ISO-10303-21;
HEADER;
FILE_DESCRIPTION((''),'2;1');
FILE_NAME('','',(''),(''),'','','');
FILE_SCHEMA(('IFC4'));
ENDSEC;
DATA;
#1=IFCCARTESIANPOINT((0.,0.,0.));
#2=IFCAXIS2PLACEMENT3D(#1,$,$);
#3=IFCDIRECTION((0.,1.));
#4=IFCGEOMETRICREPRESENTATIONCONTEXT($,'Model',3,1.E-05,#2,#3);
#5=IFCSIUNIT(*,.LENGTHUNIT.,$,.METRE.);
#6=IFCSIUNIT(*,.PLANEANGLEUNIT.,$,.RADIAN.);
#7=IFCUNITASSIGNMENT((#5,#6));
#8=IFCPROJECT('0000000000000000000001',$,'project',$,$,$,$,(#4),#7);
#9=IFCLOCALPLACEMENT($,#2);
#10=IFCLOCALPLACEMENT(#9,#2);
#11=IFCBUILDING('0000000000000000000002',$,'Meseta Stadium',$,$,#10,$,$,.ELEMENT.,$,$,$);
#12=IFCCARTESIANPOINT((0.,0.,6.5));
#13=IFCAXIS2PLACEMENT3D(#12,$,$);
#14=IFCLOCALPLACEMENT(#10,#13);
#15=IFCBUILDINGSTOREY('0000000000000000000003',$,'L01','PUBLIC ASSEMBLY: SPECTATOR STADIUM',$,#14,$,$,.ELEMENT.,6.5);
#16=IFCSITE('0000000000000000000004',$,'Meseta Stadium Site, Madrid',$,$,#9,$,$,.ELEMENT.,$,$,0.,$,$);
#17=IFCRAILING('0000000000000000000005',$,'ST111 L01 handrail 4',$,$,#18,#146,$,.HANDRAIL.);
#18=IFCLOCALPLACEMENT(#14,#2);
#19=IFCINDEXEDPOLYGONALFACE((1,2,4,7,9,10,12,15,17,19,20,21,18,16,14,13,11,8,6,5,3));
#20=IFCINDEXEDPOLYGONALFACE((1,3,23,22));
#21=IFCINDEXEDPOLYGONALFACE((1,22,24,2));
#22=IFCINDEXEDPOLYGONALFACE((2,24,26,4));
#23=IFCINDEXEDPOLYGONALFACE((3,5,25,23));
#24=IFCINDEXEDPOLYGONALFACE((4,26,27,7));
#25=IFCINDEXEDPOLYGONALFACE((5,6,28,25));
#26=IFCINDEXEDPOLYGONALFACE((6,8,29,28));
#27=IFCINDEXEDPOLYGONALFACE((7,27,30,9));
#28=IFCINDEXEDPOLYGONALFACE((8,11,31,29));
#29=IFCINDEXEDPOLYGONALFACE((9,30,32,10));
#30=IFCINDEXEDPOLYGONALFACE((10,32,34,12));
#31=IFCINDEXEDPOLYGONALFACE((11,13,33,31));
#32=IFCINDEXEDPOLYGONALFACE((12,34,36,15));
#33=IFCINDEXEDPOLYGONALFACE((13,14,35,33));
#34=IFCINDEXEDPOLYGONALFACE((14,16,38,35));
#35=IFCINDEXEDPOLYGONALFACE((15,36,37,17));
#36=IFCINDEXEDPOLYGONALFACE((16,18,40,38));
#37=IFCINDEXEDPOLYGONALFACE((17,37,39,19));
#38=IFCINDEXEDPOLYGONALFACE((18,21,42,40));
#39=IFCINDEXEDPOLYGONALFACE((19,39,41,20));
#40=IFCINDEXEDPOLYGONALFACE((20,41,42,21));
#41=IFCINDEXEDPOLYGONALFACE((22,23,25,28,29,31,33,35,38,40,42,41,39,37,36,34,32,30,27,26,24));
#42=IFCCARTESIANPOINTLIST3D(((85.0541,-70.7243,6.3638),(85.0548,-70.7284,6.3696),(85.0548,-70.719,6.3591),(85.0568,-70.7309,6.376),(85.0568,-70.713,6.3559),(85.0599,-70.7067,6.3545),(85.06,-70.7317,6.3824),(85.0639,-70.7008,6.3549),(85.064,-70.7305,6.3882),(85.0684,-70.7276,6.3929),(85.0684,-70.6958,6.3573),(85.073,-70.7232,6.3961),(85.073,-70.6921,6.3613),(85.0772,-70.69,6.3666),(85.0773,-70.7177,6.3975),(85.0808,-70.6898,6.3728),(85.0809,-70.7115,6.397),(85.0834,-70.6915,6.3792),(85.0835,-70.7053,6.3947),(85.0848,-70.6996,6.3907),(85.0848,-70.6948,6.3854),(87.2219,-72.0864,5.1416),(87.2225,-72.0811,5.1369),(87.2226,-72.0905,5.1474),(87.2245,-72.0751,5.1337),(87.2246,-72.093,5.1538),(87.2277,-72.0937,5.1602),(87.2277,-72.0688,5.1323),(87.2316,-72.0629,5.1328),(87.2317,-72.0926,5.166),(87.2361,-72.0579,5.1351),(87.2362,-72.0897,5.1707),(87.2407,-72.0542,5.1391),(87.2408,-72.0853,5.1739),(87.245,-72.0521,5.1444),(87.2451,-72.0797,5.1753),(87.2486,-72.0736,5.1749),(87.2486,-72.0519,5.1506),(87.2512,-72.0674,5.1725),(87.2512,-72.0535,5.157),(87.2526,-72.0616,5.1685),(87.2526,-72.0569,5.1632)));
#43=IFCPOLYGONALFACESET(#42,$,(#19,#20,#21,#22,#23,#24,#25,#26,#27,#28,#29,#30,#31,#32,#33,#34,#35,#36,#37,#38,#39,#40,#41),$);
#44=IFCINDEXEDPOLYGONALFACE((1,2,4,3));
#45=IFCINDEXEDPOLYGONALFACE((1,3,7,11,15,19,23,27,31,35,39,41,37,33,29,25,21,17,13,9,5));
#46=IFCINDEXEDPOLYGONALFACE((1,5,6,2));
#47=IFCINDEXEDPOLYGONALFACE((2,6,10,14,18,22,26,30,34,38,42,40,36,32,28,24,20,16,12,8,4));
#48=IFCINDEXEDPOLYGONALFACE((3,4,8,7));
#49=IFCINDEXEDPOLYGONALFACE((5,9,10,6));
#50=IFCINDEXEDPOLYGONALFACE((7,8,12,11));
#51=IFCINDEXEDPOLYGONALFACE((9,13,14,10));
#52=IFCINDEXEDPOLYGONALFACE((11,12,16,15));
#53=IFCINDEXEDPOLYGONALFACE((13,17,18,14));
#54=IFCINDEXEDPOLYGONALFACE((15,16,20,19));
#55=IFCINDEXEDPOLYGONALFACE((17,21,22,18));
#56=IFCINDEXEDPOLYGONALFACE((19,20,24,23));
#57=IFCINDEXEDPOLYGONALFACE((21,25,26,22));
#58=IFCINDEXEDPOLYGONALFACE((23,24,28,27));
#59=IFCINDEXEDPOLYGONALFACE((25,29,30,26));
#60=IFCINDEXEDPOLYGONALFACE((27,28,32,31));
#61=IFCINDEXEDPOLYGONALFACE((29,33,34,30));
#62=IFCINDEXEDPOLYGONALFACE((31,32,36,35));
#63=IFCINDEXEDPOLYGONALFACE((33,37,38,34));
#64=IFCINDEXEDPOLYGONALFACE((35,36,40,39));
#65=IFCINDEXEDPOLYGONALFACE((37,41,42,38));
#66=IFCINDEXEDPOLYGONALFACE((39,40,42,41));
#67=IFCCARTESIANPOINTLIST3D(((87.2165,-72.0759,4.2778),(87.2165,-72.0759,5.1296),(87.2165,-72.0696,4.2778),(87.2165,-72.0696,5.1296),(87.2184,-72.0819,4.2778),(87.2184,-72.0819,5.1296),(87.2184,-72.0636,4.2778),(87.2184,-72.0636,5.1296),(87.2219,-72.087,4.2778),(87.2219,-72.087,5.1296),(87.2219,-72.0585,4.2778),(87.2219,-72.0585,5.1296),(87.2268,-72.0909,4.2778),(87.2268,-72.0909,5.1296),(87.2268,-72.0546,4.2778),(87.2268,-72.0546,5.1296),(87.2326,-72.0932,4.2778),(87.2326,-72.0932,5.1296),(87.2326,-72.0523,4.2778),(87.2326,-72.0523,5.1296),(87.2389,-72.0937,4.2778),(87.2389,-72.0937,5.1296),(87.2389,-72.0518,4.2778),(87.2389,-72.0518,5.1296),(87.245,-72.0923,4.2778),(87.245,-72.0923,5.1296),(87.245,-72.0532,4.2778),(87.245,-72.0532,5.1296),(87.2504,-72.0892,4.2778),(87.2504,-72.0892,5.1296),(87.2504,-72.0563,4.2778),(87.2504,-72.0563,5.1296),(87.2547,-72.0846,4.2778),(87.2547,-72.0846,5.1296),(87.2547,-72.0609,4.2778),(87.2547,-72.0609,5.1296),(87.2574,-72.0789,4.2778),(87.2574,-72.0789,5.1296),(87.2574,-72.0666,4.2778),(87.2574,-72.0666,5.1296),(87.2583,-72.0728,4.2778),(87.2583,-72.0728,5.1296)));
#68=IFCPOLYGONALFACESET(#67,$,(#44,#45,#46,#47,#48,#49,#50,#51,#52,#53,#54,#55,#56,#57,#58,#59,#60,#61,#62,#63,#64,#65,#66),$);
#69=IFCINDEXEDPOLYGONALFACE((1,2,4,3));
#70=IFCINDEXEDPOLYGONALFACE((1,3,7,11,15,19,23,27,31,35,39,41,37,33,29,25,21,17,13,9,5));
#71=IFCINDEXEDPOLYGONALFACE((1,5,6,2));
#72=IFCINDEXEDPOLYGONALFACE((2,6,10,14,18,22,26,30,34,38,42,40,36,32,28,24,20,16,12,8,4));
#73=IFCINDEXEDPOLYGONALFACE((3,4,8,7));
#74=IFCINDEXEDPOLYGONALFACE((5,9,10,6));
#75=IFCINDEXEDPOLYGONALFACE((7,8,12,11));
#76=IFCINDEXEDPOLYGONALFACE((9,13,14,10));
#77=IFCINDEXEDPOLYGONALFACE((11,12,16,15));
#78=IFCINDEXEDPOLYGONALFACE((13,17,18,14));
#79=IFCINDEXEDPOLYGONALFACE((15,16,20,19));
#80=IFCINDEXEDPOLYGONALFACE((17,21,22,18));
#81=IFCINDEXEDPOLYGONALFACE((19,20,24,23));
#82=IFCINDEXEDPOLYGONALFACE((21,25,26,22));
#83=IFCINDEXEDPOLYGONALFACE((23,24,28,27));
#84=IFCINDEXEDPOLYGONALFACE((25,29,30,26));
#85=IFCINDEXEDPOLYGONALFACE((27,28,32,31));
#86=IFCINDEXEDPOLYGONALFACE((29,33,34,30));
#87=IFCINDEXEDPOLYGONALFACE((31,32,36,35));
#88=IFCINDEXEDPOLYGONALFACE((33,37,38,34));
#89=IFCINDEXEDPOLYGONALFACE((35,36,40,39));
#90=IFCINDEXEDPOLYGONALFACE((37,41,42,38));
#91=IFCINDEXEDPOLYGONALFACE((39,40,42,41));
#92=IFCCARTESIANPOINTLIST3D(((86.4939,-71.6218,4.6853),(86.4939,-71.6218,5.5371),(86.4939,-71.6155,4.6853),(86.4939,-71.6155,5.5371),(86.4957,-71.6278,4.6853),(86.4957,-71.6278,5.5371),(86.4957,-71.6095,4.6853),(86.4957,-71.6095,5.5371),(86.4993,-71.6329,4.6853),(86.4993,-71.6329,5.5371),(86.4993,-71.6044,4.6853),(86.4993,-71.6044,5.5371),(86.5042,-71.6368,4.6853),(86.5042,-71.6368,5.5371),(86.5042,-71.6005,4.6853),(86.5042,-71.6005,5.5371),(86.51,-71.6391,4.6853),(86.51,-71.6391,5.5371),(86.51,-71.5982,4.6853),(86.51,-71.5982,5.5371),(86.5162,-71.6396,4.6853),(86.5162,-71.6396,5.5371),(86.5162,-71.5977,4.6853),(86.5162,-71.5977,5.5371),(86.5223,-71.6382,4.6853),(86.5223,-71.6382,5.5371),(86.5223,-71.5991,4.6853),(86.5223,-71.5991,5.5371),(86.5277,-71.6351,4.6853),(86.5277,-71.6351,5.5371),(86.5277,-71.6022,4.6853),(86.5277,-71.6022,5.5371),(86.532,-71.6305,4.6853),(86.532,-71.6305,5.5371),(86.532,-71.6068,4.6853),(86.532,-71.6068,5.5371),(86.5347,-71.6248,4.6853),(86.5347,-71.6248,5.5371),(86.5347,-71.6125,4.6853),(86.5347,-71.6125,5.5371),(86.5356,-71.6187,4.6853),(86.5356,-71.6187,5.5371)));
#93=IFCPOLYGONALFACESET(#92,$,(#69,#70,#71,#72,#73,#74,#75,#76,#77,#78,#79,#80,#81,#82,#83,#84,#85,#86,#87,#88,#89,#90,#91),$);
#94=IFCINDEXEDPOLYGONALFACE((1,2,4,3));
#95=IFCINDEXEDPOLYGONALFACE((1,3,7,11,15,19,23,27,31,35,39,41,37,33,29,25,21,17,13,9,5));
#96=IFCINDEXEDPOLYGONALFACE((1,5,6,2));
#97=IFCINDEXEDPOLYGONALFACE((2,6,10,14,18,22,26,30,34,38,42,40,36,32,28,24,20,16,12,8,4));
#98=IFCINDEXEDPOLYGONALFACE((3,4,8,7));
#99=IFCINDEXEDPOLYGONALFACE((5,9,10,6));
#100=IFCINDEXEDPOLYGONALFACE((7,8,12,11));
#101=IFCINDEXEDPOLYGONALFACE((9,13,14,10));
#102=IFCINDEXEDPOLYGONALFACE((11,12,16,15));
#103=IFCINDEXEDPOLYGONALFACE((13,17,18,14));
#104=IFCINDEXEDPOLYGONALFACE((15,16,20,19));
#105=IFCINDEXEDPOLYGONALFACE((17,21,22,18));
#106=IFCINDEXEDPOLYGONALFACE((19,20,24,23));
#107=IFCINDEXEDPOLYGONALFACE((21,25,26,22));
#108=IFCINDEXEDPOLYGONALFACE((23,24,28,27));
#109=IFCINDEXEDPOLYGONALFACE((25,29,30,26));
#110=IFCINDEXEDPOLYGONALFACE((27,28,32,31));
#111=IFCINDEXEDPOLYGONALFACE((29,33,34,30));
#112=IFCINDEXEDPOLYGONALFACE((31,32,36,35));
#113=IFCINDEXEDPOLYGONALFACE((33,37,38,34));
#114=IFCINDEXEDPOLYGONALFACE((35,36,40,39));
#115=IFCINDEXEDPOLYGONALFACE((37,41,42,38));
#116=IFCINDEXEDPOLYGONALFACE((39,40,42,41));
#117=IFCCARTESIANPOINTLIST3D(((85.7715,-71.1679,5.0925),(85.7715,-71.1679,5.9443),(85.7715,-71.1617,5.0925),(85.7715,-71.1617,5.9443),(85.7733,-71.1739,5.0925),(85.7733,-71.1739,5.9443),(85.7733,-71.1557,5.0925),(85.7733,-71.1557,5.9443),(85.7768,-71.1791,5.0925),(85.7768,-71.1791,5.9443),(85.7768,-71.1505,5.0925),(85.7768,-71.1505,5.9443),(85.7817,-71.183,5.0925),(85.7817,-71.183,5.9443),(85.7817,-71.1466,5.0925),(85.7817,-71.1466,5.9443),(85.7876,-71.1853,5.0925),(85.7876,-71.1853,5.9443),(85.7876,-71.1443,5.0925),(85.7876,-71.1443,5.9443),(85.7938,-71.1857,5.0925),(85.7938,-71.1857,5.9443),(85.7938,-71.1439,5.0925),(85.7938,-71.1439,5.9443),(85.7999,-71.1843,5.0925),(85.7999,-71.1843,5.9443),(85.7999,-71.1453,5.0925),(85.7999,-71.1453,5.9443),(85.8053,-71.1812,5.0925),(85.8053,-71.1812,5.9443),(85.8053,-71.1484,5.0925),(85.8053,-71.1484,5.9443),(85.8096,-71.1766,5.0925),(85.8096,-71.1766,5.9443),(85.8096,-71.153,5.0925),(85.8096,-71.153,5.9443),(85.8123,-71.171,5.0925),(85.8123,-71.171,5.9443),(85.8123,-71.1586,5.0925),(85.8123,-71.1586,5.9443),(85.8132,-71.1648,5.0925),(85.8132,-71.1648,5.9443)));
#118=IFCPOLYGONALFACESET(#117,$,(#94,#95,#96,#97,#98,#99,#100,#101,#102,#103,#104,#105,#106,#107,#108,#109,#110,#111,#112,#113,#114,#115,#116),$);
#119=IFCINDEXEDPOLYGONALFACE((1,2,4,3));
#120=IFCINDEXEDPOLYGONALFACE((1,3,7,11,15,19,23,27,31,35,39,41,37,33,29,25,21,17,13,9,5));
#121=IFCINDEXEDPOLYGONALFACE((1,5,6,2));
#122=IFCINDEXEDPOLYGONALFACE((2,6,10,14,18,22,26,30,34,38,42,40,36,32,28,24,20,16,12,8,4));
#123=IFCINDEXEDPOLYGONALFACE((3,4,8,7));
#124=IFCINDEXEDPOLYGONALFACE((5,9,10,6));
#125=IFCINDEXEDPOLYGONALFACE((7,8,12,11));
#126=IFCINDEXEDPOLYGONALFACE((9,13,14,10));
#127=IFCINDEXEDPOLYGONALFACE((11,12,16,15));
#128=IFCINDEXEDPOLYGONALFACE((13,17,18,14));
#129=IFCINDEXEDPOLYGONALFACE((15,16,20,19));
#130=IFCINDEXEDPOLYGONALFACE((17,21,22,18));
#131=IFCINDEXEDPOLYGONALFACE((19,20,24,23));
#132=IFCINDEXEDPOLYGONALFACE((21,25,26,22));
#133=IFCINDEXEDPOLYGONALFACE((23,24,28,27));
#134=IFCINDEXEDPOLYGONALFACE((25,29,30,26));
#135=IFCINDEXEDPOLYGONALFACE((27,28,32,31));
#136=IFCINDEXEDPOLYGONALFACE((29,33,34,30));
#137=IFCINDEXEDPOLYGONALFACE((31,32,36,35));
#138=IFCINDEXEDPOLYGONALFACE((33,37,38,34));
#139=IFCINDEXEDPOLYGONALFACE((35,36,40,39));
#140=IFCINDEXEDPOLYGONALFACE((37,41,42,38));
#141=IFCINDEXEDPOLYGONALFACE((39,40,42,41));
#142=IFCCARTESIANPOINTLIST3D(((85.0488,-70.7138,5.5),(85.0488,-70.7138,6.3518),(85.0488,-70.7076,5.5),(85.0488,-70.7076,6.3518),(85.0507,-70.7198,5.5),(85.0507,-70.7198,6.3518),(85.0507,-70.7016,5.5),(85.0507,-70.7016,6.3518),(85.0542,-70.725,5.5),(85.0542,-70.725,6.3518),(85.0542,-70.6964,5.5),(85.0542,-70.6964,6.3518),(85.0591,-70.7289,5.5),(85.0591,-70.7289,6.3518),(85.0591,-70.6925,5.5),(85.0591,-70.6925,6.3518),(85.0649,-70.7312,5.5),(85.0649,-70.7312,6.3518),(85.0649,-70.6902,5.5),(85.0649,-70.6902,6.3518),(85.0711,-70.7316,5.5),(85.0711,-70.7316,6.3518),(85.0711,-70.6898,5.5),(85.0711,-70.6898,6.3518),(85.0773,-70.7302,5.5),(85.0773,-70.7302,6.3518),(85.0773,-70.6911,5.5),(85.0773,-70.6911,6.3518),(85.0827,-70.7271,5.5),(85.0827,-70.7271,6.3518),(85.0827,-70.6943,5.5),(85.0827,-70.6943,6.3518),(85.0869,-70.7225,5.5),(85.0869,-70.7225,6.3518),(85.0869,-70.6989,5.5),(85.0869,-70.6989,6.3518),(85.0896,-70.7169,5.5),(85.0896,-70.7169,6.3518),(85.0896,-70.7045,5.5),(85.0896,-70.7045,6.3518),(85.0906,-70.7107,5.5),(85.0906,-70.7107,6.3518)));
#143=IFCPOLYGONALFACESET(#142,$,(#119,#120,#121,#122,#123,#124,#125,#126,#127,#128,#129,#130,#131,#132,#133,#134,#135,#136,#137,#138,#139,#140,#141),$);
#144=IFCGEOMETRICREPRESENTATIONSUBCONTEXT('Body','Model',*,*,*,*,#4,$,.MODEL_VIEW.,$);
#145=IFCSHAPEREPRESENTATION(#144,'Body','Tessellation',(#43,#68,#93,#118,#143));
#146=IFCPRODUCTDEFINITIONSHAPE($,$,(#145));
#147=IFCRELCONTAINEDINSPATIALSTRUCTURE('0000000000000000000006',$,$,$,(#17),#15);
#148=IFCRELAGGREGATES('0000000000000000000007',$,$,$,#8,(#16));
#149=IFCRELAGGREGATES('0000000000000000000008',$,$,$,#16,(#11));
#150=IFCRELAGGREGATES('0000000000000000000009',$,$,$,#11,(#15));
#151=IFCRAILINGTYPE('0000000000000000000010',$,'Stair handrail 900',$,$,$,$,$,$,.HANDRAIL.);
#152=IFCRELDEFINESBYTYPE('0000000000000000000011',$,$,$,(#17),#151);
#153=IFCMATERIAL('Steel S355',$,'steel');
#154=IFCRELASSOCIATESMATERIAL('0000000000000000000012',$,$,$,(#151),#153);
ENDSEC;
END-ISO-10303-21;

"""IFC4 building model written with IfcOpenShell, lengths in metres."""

from ifc_helpers import new_model, si_unit, direction, frame, origin, origin_2d, place, context, subcontext, project, spatial, circle, extrude, material, type_object, element, save


model = new_model("IFC4")

# Units and contexts
model_context = context("Model", 3, precision=1e-05, world=origin(), true_north=direction((0.0, 1.0)))
body_context = subcontext(model_context, "Body", "Model", "MODEL_VIEW")
ifc_project = project(units=[si_unit("LENGTHUNIT", "METRE"), si_unit("PLANEANGLEUNIT", "RADIAN")], contexts=[model_context])

# Site, building, storey
site_placement = place(None, origin())
site = spatial("IfcSite", under=ifc_project, at=site_placement, Name="Meseta Stadium Site, Madrid", CompositionType="ELEMENT", RefElevation=0.0)
building_placement = place(site_placement, origin())
building = spatial("IfcBuilding", under=site, at=building_placement, Name="Meseta Stadium", CompositionType="ELEMENT")
storey_placement = place(building_placement, frame((0.0, 0.0, 6.5)))
storey = spatial("IfcBuildingStorey", under=building, at=storey_placement, Name="L01", Description="PUBLIC ASSEMBLY: SPECTATOR STADIUM", CompositionType="ELEMENT", Elevation=6.5)

# Railing
ifc_material_1 = material(Name="Steel S355", Category="steel")
railing_type_1 = type_object("IfcRailingType", Name="Stair handrail 900", PredefinedType="HANDRAIL", material=ifc_material_1)
for number, where, name in (
    (1, (87.2373, -72.0728, 4.2778), "ST111 L01 handrail 4"),
):
    element("IfcRailing", number, at=place(storey_placement, frame(where)), inside=storey, type_object=railing_type_1, Name=name, PredefinedType="HANDRAIL", context=body_context, shape_type="SweptSolid", body=[
        extrude(circle(Radius=0.0239, at=origin_2d()), frame((0.0, 0.0, 0.876), z_axis=(-0.764121, 0.480125, 0.430813), x_axis=(-0.532029, -0.846726, 0.0)), (0.0, 0.0, 1.0), 2.8369),
        extrude(circle(Radius=0.021, at=origin_2d()), origin(), (0.0, 0.0, 1.0), 0.8518),
        extrude(circle(Radius=0.021, at=origin_2d()), frame((-0.7227, 0.4541, 0.4075)), (0.0, 0.0, 1.0), 0.8518),
        extrude(circle(Radius=0.021, at=origin_2d()), frame((-1.4451, 0.908, 0.8147)), (0.0, 0.0, 1.0), 0.8518),
        extrude(circle(Radius=0.021, at=origin_2d()), frame((-2.1677, 1.3621, 1.2222)), (0.0, 0.0, 1.0), 0.8518),
    ])

save(model, "model.ifc")
